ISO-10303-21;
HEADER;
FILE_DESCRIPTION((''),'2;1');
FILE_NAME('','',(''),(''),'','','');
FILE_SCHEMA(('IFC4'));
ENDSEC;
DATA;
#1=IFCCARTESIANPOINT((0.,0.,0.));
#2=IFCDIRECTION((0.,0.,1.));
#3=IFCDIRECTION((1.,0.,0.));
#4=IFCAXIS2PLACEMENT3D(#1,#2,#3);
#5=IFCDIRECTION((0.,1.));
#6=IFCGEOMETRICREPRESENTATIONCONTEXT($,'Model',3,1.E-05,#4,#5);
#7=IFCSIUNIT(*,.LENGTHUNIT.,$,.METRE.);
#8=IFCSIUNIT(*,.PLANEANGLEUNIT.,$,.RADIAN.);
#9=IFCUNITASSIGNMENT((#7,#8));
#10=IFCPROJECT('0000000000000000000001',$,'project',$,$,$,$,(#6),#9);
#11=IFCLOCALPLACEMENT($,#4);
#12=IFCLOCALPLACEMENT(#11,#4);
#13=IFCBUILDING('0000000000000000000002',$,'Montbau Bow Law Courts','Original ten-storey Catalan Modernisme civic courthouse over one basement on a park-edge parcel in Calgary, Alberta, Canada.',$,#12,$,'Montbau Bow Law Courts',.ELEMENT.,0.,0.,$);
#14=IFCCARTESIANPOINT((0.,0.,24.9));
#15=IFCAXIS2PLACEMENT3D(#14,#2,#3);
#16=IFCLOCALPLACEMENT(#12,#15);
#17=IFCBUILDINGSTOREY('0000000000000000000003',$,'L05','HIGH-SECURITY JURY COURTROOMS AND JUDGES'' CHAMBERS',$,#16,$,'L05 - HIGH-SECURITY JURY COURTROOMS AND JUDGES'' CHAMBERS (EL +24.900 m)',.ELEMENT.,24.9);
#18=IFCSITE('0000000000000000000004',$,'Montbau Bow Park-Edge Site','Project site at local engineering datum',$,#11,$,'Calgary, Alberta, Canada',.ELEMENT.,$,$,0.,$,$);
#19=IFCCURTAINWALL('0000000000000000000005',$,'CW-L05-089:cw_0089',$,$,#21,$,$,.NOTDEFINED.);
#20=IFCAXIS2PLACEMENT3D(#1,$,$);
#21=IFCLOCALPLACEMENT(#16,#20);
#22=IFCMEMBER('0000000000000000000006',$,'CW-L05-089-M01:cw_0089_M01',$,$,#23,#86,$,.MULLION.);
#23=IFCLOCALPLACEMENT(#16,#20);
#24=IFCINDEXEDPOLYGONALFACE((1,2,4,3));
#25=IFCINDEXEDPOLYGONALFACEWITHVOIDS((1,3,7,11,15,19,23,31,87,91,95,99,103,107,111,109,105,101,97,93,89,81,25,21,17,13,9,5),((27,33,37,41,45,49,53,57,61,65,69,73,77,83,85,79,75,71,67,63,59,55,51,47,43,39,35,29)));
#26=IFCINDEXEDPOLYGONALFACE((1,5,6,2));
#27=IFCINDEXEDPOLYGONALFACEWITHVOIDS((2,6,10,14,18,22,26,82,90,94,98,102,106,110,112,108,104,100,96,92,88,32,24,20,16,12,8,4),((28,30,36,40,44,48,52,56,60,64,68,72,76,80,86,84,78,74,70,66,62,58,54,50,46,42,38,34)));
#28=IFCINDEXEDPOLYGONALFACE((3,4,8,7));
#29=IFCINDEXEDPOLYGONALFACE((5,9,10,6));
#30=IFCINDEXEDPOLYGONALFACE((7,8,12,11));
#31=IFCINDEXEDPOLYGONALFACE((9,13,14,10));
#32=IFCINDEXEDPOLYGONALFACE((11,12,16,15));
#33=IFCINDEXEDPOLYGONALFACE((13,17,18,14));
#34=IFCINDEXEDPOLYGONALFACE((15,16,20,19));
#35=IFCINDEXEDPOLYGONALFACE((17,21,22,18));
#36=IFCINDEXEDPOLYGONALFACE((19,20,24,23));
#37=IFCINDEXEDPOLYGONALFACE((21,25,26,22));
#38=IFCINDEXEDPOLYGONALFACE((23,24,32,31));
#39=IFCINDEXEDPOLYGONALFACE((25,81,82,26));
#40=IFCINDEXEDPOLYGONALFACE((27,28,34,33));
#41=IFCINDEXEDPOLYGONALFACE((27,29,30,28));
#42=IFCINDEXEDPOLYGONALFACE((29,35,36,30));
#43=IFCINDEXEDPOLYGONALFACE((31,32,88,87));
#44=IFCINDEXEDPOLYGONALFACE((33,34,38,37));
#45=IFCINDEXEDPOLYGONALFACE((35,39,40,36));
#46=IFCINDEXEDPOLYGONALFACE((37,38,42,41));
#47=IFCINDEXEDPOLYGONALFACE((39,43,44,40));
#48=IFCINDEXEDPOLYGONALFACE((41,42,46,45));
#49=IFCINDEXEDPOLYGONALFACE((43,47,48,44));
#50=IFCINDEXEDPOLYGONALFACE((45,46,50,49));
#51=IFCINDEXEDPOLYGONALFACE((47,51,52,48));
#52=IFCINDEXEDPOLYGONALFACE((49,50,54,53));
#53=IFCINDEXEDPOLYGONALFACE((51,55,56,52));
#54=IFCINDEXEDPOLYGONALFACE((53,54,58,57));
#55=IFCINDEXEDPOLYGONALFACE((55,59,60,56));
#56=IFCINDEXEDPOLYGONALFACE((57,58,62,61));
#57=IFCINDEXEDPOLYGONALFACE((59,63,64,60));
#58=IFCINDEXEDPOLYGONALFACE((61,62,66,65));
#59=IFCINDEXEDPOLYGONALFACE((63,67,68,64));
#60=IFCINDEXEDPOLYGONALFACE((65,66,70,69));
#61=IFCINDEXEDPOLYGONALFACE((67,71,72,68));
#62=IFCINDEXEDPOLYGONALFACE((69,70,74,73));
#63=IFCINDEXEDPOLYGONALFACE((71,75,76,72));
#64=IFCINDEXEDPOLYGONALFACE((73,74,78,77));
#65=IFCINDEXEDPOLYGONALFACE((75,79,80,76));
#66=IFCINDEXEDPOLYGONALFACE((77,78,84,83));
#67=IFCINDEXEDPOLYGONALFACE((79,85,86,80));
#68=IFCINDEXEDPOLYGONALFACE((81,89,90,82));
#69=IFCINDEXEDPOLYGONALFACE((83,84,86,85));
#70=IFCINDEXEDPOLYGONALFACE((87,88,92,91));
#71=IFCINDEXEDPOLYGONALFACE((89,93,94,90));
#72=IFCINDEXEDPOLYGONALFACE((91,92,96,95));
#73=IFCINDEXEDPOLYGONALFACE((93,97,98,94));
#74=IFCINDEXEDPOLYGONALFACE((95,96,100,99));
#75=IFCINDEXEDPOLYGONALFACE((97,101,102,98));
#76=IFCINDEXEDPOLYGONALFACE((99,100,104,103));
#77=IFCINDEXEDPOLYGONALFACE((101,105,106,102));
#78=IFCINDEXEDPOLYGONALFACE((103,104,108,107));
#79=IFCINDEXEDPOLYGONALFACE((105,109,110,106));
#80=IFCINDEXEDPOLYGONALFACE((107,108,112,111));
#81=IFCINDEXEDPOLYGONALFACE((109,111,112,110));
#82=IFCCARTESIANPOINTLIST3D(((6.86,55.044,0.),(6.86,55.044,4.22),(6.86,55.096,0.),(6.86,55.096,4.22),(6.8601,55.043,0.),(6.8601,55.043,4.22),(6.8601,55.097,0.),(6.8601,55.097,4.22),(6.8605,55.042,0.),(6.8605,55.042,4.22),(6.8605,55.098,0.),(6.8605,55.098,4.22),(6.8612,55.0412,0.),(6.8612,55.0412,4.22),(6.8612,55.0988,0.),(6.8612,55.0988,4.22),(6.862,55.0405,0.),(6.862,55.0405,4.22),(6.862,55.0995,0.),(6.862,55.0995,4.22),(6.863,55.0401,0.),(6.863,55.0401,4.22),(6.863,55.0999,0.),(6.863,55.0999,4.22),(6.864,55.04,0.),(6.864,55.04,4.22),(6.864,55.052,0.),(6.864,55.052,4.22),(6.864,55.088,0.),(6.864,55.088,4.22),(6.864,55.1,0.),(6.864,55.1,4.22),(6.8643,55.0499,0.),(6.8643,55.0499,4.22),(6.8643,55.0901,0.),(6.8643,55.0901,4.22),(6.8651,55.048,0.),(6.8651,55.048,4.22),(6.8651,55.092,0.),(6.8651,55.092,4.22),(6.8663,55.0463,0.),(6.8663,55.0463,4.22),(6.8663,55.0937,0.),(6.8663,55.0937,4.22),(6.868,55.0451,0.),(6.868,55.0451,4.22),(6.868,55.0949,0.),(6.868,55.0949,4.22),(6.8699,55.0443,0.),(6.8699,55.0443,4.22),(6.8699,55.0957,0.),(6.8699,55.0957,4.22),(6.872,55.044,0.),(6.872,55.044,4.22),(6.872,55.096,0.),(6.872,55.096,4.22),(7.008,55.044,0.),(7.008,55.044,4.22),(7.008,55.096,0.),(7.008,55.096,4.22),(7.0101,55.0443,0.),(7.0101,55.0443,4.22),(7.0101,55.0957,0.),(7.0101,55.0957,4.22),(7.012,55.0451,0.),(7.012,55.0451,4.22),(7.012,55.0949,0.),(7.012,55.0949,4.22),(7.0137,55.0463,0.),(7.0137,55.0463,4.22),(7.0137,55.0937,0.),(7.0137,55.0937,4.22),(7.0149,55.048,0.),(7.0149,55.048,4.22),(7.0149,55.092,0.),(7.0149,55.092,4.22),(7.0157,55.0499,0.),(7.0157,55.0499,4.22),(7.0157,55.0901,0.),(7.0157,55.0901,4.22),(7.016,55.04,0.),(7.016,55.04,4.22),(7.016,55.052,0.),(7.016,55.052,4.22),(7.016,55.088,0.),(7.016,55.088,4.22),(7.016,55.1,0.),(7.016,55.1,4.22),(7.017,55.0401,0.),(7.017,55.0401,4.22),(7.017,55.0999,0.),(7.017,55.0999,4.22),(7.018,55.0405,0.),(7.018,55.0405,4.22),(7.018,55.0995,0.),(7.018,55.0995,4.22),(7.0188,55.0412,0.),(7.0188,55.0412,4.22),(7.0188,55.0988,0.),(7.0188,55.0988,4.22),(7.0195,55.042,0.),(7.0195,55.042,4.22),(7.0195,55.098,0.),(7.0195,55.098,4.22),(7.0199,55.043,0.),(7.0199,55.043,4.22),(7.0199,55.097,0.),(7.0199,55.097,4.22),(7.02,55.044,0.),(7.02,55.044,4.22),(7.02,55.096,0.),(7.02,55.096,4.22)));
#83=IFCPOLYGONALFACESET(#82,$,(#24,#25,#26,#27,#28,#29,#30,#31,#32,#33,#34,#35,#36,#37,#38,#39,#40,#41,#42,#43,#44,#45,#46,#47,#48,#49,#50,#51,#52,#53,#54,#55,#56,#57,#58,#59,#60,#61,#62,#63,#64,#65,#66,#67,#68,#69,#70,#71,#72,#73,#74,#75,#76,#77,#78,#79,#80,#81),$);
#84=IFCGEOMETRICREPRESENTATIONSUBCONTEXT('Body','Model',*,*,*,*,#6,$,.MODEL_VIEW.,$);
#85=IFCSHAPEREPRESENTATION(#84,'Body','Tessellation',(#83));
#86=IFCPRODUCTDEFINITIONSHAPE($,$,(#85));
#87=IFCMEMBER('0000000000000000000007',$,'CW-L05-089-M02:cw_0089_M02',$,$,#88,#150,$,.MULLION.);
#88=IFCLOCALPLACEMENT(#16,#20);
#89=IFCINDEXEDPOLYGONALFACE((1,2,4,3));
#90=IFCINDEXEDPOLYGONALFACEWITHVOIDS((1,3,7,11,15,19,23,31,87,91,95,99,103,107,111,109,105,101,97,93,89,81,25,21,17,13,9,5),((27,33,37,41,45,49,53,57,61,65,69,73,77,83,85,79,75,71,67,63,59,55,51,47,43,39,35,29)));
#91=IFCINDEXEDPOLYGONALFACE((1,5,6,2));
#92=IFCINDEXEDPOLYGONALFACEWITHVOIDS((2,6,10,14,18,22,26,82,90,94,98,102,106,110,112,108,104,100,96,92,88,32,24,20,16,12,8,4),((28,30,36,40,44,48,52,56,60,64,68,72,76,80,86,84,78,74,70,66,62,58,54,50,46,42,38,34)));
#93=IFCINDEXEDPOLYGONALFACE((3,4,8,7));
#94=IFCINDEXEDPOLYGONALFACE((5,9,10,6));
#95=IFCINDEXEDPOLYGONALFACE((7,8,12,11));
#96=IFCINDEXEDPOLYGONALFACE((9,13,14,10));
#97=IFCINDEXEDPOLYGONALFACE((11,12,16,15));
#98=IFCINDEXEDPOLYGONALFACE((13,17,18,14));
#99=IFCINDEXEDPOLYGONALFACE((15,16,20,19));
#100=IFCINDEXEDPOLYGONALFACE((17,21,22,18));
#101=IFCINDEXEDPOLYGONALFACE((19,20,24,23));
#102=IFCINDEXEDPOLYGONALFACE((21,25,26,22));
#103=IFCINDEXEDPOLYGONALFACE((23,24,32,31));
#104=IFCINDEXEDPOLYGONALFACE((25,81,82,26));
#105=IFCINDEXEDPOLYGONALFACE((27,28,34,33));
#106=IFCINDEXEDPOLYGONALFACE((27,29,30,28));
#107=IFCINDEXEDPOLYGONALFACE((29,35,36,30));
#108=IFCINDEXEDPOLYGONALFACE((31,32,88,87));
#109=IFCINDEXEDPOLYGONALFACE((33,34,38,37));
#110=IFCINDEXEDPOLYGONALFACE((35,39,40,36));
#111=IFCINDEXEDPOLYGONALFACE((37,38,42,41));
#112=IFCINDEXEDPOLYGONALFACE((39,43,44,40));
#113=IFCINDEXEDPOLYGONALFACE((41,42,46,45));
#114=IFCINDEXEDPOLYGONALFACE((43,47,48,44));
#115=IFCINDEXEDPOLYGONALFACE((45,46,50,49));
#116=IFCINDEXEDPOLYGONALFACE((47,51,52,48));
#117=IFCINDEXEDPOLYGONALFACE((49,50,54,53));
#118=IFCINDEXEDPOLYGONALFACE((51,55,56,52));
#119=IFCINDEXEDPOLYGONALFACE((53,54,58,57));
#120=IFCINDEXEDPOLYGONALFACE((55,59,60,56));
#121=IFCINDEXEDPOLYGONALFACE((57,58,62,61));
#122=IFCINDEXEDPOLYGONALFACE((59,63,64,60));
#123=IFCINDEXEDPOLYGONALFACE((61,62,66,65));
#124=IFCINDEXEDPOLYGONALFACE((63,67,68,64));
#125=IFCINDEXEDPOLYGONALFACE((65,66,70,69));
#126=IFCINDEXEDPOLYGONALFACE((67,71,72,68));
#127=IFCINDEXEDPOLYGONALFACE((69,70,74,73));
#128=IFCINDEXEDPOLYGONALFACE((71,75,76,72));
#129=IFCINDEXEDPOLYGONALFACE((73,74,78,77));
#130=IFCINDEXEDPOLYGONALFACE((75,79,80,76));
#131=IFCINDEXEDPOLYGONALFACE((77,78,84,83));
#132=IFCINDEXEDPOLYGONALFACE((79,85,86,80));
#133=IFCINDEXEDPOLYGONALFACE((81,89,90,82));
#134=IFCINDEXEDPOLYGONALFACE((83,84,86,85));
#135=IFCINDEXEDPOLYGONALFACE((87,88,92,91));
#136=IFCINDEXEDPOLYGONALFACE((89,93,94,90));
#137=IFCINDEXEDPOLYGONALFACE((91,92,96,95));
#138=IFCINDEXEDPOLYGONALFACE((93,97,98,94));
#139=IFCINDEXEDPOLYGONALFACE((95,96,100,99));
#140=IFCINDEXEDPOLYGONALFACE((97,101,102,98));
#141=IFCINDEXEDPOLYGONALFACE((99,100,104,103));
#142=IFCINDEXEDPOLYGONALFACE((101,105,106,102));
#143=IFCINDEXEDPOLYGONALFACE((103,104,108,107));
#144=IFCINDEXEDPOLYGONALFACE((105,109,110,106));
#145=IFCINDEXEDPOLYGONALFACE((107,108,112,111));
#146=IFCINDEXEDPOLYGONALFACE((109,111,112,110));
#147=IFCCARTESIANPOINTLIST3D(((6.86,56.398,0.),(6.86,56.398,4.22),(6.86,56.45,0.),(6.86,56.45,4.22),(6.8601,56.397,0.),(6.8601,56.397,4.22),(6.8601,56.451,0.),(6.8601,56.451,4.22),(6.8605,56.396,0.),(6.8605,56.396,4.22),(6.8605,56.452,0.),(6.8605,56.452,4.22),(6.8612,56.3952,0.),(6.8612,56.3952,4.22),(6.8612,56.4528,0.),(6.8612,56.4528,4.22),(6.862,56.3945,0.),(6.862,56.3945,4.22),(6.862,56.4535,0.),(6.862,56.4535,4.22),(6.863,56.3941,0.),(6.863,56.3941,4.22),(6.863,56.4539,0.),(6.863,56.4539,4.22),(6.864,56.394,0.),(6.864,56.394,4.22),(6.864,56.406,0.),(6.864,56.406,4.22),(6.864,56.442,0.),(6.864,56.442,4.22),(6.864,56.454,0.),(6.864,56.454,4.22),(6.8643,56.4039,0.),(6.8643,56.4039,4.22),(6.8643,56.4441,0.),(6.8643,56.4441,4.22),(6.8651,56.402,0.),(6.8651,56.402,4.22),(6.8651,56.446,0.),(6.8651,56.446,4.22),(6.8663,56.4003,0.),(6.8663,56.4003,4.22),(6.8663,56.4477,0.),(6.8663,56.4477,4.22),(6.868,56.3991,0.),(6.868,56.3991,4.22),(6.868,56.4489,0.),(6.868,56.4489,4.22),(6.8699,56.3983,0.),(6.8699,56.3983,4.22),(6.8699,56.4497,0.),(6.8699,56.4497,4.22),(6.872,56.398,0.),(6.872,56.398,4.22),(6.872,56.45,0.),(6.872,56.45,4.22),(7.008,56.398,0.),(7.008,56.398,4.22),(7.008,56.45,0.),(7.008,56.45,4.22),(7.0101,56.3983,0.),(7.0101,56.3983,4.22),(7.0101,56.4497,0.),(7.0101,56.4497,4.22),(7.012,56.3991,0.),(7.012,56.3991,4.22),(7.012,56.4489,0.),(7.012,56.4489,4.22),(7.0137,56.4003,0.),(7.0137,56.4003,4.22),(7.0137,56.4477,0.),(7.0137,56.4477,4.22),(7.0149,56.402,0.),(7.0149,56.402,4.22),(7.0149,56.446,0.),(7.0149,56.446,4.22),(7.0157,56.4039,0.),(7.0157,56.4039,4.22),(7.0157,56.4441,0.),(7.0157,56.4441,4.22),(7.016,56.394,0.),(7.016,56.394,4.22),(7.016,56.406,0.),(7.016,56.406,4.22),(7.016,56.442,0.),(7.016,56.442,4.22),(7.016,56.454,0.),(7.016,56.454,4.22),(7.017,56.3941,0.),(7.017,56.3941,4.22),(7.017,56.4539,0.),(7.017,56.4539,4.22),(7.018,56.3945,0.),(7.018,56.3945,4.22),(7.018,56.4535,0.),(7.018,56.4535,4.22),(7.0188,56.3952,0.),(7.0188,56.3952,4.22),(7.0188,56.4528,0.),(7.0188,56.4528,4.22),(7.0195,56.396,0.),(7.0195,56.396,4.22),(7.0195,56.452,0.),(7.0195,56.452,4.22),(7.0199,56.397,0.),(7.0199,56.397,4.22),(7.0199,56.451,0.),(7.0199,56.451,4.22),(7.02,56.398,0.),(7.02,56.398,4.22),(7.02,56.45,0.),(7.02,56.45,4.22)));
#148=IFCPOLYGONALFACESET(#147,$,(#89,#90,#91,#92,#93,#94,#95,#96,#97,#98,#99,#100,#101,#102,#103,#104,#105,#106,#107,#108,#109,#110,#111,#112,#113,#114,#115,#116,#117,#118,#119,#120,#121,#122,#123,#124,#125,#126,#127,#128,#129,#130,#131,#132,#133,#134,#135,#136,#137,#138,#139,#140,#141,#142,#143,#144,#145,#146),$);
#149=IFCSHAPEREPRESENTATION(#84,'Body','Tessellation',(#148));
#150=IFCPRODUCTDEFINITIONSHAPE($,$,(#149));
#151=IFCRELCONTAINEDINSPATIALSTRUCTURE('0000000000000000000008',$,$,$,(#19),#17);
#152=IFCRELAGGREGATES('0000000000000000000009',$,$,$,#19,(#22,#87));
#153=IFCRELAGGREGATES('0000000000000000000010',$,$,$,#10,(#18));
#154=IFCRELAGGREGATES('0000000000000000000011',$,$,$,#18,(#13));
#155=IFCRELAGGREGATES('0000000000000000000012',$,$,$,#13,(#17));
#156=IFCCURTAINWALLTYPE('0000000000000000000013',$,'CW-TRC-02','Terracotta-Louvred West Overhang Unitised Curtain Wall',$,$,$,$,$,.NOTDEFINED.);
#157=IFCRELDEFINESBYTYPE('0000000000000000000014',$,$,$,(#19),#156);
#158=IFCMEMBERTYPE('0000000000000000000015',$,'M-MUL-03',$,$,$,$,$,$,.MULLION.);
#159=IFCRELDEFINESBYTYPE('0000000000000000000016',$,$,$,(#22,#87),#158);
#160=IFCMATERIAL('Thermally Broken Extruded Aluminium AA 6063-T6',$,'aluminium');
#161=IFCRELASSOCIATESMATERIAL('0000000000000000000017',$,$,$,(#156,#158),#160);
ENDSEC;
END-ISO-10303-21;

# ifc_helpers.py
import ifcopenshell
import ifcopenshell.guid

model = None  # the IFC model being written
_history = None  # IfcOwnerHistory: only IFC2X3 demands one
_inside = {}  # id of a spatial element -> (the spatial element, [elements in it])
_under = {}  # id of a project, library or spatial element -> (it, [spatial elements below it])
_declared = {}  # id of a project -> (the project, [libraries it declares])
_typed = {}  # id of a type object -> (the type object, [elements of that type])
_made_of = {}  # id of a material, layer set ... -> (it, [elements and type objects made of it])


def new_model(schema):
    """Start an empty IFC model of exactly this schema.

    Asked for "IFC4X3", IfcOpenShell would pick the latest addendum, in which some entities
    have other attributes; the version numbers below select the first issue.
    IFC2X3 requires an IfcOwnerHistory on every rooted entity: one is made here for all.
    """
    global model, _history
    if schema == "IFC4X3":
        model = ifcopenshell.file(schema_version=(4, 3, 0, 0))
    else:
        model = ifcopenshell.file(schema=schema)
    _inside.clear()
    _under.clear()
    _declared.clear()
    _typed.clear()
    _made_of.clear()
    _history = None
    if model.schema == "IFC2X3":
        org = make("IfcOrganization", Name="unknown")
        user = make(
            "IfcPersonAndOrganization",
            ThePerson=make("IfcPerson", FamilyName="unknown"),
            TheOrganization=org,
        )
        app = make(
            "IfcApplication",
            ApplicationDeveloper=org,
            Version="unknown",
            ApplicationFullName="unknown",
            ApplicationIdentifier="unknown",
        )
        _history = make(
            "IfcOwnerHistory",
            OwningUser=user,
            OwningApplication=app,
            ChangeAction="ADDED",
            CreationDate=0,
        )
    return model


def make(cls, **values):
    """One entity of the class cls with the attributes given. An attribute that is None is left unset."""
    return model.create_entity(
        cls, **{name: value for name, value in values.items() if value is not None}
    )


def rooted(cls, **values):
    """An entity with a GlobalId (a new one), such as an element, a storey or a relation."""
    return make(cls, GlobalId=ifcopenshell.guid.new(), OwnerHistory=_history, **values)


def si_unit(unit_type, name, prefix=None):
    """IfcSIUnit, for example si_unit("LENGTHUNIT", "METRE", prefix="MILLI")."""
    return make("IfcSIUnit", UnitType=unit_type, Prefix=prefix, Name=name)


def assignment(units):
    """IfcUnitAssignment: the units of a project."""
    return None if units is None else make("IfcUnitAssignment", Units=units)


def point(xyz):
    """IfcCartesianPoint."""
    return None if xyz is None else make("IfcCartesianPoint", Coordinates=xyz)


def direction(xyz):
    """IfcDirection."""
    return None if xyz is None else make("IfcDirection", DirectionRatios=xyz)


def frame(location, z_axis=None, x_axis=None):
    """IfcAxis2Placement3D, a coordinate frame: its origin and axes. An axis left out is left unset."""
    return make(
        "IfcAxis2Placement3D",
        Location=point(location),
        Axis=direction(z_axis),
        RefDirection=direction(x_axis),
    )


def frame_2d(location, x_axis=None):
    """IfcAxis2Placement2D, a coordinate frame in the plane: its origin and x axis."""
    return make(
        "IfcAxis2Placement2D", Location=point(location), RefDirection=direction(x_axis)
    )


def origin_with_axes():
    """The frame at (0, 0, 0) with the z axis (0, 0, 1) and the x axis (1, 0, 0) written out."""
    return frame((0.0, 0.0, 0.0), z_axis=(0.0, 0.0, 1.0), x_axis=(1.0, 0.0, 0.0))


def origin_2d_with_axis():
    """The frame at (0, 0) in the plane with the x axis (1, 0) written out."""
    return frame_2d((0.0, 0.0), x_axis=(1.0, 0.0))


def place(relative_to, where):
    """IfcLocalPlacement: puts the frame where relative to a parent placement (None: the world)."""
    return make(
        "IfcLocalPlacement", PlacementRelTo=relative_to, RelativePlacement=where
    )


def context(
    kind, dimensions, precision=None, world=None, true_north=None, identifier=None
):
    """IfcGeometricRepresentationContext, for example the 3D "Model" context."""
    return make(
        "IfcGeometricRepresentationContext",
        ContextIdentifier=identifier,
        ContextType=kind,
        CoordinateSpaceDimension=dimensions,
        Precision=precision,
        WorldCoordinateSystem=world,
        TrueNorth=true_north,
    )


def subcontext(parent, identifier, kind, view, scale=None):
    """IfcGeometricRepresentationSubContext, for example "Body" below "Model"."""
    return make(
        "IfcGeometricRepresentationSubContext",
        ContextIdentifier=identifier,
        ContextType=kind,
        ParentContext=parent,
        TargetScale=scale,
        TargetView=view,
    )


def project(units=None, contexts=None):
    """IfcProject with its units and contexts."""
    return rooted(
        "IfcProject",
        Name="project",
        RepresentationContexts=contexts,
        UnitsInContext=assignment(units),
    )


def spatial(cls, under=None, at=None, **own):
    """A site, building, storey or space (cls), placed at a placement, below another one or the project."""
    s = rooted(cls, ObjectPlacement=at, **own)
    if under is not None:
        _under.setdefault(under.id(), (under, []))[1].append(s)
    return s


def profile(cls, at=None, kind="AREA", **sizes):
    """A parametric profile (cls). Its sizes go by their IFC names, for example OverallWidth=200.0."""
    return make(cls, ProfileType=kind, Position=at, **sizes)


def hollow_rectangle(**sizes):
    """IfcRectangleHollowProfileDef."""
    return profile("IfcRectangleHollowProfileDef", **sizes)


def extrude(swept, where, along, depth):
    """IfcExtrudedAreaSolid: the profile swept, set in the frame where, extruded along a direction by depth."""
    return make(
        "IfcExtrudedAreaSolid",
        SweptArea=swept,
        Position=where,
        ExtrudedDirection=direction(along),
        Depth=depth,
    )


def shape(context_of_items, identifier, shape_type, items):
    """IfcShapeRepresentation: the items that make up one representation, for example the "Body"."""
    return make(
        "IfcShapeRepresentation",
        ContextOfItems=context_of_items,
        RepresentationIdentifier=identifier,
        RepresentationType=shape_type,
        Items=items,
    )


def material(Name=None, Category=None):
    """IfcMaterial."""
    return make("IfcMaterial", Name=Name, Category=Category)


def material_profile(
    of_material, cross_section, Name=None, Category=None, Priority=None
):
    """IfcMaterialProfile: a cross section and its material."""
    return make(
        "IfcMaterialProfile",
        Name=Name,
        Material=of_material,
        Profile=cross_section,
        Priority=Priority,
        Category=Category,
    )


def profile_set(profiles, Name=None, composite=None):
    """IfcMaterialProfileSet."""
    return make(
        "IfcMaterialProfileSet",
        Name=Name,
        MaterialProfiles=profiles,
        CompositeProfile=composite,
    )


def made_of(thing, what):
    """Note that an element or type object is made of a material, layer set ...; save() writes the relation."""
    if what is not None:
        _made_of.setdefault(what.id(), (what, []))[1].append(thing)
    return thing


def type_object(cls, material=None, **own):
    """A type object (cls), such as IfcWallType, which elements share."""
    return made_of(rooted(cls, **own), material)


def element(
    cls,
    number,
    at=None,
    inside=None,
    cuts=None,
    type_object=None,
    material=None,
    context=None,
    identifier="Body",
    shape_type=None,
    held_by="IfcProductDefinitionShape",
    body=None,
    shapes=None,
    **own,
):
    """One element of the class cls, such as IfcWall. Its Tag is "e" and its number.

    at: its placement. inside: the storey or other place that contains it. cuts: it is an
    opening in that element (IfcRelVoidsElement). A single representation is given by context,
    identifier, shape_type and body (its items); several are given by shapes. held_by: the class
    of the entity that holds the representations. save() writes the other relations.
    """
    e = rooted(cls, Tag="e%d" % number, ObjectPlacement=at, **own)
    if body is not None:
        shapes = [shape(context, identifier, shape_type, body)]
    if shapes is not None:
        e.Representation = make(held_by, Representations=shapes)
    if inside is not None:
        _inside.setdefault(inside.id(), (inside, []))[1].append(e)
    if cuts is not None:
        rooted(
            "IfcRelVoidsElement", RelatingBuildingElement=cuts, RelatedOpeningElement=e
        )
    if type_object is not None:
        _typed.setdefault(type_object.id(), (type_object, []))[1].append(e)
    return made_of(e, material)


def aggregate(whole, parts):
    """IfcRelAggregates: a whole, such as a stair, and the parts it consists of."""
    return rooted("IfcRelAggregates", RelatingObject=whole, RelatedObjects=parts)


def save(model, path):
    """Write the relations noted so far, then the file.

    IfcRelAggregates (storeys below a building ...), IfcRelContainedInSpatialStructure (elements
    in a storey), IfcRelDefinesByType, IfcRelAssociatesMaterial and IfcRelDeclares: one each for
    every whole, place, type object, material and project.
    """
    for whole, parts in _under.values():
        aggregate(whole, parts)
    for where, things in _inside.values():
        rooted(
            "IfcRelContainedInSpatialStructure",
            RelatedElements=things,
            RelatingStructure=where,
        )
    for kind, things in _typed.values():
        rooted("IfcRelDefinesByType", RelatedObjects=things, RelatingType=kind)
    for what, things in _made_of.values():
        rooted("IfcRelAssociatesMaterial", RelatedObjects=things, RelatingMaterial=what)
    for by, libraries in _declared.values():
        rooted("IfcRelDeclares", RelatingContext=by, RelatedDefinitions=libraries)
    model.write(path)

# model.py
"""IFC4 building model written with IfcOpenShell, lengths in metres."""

from ifc_helpers import new_model, si_unit, direction, frame, origin_with_axes, origin_2d_with_axis, place, context, subcontext, project, spatial, hollow_rectangle, extrude, material, material_profile, profile_set, type_object, element, aggregate, save


model = new_model("IFC4")

# Units and contexts
model_context = context("Model", 3, precision=1e-05, world=origin_with_axes(), true_north=direction((0.0, 1.0)))
body_context = subcontext(model_context, "Body", "Model", "MODEL_VIEW")
ifc_project = project(units=[si_unit("LENGTHUNIT", "METRE"), si_unit("PLANEANGLEUNIT", "RADIAN")], contexts=[model_context])

# Site, building, storey
site_placement = place(None, origin_with_axes())
site = spatial("IfcSite", under=ifc_project, at=site_placement, Name="Montbau Bow Park-Edge Site", Description="Project site at local engineering datum", LongName="Calgary, Alberta, Canada", CompositionType="ELEMENT", RefElevation=0.0)
building_placement = place(site_placement, origin_with_axes())
building = spatial("IfcBuilding", under=site, at=building_placement, Name="Montbau Bow Law Courts", Description="Original ten-storey Catalan Modernisme civic courthouse over one basement on a park-edge parcel in Calgary, Alberta, Canada.", LongName="Montbau Bow Law Courts", CompositionType="ELEMENT", ElevationOfRefHeight=0.0, ElevationOfTerrain=0.0)
storey_placement = place(building_placement, frame((0.0, 0.0, 24.9), z_axis=(0.0, 0.0, 1.0), x_axis=(1.0, 0.0, 0.0)))
storey = spatial("IfcBuildingStorey", under=building, at=storey_placement, Name="L05", Description="HIGH-SECURITY JURY COURTROOMS AND JUDGES' CHAMBERS", LongName="L05 - HIGH-SECURITY JURY COURTROOMS AND JUDGES' CHAMBERS (EL +24.900 m)", CompositionType="ELEMENT", Elevation=24.9)

# Curtain wall, members
ifc_material_1 = material(Name="Thermally Broken Extruded Aluminium AA 6063-T6", Category="aluminium")
curtain_wall_type = type_object("IfcCurtainWallType", Name="CW-TRC-02", Description="Terracotta-Louvred West Overhang Unitised Curtain Wall", PredefinedType="NOTDEFINED", material=ifc_material_1)
curtain_wall_1_placement = place(None, frame((6.94, 55.04, 24.9), z_axis=(0.0, 0.0, 1.0), x_axis=(1.0, 0.0, 0.0)))
curtain_wall_1 = element("IfcCurtainWall", 1, at=curtain_wall_1_placement, inside=storey, type_object=curtain_wall_type, Name="CW-L05-089:cw_0089", PredefinedType="NOTDEFINED")
ifc_material_profile_1 = material_profile(ifc_material_1, hollow_rectangle(XDim=0.06, YDim=0.16, WallThickness=0.004, InnerFilletRadius=0.008, OuterFilletRadius=0.004, at=origin_2d_with_axis()), Name="CWM-160X60", Category="Main", Priority=0)
ifc_profile_set_1 = profile_set([ifc_material_profile_1], Name="Thermally Broken Extruded Aluminium AA 6063-T6")
member_type_1 = type_object("IfcMemberType", Name="M-MUL-03", PredefinedType="MULLION", material=ifc_profile_set_1)
member_1_placement = place(None, frame((6.94, 55.07, 24.9), z_axis=(0.0, 0.0, 1.0), x_axis=(0.0, 1.0, 0.0)))
member_1 = element("IfcMember", 2, at=member_1_placement, type_object=member_type_1, Name="CW-L05-089-M01:cw_0089_M01", PredefinedType="MULLION", context=body_context, shape_type="SweptSolid", body=[
    extrude(hollow_rectangle(XDim=0.06, YDim=0.16, WallThickness=0.004, InnerFilletRadius=0.008, OuterFilletRadius=0.004, at=origin_2d_with_axis()), origin_with_axes(), (0.0, 0.0, 1.0), 4.22),
])
member_2_placement = place(None, frame((6.94, 56.424, 24.9), z_axis=(0.0, 0.0, 1.0), x_axis=(0.0, 1.0, 0.0)))
member_2 = element("IfcMember", 3, at=member_2_placement, type_object=member_type_1, Name="CW-L05-089-M02:cw_0089_M02", PredefinedType="MULLION", context=body_context, shape_type="SweptSolid", body=[
    extrude(hollow_rectangle(XDim=0.06, YDim=0.16, WallThickness=0.004, InnerFilletRadius=0.008, OuterFilletRadius=0.004, at=origin_2d_with_axis()), origin_with_axes(), (0.0, 0.0, 1.0), 4.22),
])

aggregate(curtain_wall_1, [member_1, member_2])

save(model, "model.ifc")
